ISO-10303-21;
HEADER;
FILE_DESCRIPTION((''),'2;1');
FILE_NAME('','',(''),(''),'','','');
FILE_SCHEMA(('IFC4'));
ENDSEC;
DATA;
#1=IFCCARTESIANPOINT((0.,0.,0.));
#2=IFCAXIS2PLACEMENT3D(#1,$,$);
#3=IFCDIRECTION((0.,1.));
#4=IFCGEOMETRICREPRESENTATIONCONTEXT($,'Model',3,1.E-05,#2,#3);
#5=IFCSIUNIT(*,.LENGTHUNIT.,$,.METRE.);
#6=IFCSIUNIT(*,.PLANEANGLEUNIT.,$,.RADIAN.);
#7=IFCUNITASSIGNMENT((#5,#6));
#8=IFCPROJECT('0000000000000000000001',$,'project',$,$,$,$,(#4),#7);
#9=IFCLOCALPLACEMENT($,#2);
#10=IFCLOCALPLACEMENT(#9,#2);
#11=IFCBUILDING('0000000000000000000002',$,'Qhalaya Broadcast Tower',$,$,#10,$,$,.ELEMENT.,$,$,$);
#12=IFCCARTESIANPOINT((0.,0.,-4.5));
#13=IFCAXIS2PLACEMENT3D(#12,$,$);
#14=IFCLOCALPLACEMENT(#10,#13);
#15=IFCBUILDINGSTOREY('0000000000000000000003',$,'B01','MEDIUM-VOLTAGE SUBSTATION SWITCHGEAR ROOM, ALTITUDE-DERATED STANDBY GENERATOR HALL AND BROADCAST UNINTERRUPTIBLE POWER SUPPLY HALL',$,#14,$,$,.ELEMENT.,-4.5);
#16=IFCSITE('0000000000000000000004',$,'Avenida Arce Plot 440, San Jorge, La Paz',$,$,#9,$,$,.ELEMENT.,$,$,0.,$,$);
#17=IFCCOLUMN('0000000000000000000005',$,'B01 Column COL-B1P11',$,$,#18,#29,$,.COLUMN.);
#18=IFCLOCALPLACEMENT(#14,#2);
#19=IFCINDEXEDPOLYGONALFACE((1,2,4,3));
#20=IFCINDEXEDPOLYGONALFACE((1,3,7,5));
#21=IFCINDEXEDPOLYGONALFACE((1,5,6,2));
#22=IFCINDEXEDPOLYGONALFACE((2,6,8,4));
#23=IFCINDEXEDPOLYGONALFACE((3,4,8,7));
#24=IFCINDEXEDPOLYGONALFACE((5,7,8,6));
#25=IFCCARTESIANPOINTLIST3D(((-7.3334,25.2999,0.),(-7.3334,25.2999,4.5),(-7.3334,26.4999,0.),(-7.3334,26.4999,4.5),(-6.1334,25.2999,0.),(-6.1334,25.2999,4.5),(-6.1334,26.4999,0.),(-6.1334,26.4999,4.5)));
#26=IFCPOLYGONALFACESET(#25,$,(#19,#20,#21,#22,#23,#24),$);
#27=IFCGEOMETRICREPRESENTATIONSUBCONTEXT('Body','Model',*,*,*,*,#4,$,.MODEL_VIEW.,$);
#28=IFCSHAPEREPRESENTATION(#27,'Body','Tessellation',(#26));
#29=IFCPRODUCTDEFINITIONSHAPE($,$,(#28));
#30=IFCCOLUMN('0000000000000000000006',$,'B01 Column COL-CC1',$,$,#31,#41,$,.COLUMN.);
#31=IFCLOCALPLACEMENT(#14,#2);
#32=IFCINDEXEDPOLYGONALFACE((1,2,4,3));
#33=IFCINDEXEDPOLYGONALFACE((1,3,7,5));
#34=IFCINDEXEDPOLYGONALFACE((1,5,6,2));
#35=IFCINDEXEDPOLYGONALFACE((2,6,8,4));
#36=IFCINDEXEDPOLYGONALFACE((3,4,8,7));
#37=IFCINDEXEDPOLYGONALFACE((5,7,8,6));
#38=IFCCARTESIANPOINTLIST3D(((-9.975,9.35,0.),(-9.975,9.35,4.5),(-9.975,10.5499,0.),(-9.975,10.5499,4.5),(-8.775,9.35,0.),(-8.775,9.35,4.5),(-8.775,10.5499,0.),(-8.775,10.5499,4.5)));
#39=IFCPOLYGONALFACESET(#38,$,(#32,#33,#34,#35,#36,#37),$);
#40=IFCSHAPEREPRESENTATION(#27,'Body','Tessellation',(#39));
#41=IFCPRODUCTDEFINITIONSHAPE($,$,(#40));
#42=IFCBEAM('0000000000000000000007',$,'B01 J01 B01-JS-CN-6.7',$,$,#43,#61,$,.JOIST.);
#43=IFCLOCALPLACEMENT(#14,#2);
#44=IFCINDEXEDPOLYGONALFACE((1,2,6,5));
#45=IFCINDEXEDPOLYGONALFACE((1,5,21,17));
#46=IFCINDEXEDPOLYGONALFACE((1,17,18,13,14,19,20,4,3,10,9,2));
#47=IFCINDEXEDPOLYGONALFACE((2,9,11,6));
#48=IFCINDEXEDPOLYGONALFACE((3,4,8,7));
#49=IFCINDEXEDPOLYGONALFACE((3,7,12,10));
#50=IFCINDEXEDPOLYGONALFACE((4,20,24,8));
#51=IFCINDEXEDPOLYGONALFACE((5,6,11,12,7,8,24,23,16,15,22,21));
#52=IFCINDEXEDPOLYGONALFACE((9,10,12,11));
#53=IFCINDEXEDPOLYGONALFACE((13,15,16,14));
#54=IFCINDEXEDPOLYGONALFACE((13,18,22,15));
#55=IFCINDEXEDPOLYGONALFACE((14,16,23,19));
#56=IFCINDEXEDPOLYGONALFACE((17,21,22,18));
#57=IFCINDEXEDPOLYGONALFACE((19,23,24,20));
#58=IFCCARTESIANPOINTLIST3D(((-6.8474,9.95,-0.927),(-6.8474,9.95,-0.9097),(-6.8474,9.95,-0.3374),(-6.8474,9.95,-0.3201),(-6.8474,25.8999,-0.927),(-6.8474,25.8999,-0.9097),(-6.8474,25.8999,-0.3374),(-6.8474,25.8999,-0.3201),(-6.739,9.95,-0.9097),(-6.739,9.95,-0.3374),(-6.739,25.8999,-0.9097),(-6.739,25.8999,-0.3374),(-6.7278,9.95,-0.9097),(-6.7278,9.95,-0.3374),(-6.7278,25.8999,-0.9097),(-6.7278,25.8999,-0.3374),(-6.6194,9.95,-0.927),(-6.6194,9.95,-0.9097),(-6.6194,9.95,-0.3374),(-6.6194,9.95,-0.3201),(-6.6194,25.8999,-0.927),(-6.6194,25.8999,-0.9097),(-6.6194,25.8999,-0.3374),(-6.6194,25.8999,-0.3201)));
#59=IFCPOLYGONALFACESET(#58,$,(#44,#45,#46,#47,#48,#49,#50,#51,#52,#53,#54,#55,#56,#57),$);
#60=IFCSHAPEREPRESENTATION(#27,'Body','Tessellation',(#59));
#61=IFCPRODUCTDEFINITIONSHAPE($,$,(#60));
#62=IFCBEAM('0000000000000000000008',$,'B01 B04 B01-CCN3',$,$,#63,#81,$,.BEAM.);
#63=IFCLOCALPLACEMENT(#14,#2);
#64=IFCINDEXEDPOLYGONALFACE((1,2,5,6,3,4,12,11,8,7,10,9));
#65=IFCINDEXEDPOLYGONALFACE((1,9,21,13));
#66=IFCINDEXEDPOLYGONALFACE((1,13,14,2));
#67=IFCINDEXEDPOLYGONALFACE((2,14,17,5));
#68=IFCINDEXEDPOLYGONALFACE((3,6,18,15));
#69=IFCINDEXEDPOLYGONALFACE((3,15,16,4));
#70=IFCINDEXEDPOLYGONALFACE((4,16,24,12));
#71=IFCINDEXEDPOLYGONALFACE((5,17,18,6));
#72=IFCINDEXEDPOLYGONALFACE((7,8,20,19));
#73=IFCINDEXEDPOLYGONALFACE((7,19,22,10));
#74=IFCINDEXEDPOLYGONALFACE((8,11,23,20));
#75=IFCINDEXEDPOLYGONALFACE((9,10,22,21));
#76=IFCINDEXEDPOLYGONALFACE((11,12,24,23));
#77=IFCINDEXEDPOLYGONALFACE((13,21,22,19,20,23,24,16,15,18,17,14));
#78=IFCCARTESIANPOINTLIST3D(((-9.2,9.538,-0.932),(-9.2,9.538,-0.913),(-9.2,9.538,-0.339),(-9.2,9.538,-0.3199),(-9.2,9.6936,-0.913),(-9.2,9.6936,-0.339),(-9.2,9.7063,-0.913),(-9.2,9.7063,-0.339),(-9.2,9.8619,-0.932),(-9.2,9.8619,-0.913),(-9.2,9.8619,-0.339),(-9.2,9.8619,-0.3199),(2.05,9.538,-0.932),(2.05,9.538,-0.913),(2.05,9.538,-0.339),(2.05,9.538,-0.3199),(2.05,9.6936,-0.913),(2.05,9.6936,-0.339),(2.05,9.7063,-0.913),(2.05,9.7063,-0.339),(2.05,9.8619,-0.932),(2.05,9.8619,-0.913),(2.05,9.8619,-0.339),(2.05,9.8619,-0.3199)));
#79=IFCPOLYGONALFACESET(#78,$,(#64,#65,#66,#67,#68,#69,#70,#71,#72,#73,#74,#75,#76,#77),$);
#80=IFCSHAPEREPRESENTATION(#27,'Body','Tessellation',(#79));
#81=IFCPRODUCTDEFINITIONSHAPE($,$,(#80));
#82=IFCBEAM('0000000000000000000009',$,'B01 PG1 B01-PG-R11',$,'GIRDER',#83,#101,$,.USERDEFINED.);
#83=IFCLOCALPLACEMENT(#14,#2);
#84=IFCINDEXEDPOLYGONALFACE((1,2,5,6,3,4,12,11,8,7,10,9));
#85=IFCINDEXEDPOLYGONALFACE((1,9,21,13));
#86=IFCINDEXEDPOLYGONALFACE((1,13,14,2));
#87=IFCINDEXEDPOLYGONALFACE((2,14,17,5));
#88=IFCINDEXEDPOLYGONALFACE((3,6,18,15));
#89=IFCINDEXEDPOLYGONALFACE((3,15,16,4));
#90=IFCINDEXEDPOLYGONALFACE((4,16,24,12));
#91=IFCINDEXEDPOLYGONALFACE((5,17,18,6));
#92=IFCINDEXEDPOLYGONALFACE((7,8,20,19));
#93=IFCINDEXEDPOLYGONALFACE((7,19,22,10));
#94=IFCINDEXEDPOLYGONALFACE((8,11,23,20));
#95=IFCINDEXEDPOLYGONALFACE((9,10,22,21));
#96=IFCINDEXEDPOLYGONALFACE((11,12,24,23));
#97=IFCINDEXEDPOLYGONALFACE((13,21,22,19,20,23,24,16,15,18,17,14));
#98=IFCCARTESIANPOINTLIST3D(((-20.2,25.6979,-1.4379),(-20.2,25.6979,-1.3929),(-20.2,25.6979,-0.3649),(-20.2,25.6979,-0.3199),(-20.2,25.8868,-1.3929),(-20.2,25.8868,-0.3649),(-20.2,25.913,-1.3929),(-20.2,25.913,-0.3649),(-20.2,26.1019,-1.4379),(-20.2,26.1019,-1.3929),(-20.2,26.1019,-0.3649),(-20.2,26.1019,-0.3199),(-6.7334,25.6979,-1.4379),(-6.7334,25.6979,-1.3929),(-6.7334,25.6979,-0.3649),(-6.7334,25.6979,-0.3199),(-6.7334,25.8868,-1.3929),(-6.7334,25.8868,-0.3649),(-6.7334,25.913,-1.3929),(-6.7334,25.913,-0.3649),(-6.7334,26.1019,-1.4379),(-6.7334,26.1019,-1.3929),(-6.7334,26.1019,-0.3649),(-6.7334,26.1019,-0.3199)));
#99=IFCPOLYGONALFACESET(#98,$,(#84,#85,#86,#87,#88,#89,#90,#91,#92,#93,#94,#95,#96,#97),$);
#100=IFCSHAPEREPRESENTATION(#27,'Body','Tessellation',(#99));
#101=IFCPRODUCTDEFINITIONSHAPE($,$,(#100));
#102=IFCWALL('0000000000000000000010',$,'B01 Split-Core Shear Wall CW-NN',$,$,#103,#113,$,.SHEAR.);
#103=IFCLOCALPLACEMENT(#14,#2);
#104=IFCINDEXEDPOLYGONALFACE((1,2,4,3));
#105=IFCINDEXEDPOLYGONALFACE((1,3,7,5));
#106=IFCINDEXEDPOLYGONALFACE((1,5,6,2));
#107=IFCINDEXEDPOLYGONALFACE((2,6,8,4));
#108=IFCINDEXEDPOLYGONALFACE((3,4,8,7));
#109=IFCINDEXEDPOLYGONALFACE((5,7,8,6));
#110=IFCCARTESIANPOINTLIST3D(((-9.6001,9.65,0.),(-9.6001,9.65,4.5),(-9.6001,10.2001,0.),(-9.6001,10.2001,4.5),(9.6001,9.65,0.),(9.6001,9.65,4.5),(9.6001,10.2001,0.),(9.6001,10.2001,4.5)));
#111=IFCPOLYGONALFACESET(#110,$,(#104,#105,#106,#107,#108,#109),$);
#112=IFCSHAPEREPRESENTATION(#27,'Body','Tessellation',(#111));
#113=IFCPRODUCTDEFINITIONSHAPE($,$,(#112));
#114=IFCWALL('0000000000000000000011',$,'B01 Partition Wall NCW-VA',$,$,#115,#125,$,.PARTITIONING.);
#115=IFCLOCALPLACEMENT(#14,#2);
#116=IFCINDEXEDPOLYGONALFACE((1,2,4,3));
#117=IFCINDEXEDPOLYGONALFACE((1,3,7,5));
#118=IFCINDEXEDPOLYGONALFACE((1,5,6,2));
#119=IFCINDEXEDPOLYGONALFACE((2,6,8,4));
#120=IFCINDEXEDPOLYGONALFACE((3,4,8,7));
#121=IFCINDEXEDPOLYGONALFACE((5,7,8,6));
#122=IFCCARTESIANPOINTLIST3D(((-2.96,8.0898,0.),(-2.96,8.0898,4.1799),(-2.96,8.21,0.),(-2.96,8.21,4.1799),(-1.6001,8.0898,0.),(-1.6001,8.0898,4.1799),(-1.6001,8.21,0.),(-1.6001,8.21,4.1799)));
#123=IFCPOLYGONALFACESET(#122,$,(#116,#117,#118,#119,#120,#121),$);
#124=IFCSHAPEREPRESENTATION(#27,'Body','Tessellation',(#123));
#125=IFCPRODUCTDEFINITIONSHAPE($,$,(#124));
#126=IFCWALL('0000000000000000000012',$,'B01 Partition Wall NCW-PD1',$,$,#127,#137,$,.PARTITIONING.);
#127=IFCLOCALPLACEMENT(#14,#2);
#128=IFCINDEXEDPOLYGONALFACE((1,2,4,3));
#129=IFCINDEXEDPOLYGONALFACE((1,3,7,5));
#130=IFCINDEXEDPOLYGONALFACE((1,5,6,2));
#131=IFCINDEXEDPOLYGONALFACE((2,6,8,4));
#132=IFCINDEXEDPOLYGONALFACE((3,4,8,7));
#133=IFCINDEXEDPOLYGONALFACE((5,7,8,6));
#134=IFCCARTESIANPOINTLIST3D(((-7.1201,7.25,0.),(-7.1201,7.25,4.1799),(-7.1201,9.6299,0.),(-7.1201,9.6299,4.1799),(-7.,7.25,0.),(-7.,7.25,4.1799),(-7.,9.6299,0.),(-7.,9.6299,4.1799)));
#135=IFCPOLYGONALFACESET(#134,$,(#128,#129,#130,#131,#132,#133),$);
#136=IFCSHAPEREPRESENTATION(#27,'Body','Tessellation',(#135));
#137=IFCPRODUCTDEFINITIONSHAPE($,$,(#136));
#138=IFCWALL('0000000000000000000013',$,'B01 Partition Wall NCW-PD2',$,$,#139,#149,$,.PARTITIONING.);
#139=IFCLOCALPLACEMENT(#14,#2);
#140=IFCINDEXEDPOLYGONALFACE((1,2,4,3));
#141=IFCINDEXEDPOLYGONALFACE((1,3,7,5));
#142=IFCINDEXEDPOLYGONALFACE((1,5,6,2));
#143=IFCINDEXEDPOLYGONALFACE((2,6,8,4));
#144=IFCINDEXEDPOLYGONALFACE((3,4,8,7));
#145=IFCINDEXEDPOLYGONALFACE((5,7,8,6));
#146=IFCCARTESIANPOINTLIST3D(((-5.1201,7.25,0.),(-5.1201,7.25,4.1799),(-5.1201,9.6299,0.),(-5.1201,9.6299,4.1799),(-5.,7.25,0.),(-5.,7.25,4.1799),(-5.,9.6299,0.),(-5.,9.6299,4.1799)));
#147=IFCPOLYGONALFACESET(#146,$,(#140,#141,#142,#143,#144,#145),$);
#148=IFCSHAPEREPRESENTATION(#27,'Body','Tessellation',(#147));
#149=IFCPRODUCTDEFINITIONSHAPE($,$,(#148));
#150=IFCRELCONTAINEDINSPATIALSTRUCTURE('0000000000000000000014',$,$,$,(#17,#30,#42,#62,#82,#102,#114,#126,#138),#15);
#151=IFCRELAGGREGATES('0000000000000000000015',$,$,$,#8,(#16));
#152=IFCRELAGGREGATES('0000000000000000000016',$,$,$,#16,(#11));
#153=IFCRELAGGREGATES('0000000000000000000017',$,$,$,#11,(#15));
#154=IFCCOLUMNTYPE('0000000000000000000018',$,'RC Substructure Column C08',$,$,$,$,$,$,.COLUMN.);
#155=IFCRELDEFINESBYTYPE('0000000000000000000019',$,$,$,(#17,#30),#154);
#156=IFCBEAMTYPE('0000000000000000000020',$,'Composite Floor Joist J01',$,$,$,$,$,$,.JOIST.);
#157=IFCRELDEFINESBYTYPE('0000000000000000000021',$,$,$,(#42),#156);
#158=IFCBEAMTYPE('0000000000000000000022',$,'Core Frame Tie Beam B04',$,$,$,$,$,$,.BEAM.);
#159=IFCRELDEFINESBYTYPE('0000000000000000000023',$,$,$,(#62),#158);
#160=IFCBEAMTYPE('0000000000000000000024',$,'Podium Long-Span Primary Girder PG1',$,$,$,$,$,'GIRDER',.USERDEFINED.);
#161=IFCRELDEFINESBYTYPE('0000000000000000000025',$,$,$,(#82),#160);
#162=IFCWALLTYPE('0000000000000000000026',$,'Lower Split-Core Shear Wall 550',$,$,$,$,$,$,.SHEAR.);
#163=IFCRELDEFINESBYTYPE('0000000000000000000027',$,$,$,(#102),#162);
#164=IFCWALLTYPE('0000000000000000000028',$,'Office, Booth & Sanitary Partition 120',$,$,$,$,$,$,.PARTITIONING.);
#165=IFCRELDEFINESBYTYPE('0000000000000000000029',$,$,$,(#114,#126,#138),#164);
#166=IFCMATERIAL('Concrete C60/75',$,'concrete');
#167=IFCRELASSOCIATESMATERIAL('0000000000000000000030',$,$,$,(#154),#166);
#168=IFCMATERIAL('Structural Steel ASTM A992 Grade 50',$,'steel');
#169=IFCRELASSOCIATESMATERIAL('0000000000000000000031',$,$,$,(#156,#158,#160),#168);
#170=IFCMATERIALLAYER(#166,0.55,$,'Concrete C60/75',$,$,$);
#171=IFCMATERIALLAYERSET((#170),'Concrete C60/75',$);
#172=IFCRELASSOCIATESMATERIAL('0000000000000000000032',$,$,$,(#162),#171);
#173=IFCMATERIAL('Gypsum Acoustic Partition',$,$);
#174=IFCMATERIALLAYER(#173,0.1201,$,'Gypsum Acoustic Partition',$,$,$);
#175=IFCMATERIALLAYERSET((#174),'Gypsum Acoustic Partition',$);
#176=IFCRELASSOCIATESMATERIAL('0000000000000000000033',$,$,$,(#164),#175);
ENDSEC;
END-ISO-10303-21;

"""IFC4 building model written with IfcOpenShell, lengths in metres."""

from ifc_helpers import new_model, si_unit, direction, frame, frame_2d, origin, origin_2d, place, context, subcontext, project, spatial, rectangle, i_section, extrude, material, layer, layer_set, material_profile, profile_set, type_object, element, save


model = new_model("IFC4")

# Units and contexts
model_context = context("Model", 3, precision=1e-05, world=origin(), true_north=direction((0.0, 1.0)))
body_context = subcontext(model_context, "Body", "Model", "MODEL_VIEW")
ifc_project = project(units=[si_unit("LENGTHUNIT", "METRE"), si_unit("PLANEANGLEUNIT", "RADIAN")], contexts=[model_context])

# Site, building, storey
site_placement = place(None, origin())
site = spatial("IfcSite", under=ifc_project, at=site_placement, Name="Avenida Arce Plot 440, San Jorge, La Paz", CompositionType="ELEMENT", RefElevation=0.0)
building_placement = place(site_placement, origin())
building = spatial("IfcBuilding", under=site, at=building_placement, Name="Qhalaya Broadcast Tower", CompositionType="ELEMENT")
storey_placement = place(building_placement, frame((0.0, 0.0, -4.5)))
storey = spatial("IfcBuildingStorey", under=building, at=storey_placement, Name="B01", Description="MEDIUM-VOLTAGE SUBSTATION SWITCHGEAR ROOM, ALTITUDE-DERATED STANDBY GENERATOR HALL AND BROADCAST UNINTERRUPTIBLE POWER SUPPLY HALL", CompositionType="ELEMENT", Elevation=-4.5)

# Columns
ifc_material_1 = material(Name="Concrete C60/75", Category="concrete")
ifc_material_profile_1 = material_profile(ifc_material_1, rectangle(XDim=1.2, YDim=1.2, at=origin_2d()), Name="RC-COL 1200x1200")
ifc_profile_set_1 = profile_set([ifc_material_profile_1], Name="Concrete C60/75")
column_type = type_object("IfcColumnType", Name="RC Substructure Column C08", PredefinedType="COLUMN", material=ifc_profile_set_1)
for number, where, z_axis, x_axis, name in (
    (1, (-6.7334, 25.8999, 0.0), (0.0, 0.0, 1.0), (1.0, 0.0, 0.0), "B01 Column COL-B1P11"),
    (2, (-9.375, 9.95, 0.0), (0.0, 0.0, 1.0), (1.0, 0.0, 0.0), "B01 Column COL-CC1"),
):
    element("IfcColumn", number, at=place(storey_placement, frame(where, z_axis=z_axis, x_axis=x_axis)), inside=storey, type_object=column_type, Name=name, PredefinedType="COLUMN", context=body_context, shape_type="SweptSolid", body=[
        extrude(rectangle(XDim=1.2, YDim=1.2, at=origin_2d()), origin(), (0.0, 0.0, 1.0), 4.5),
    ])

# Beams
ifc_material_2 = material(Name="Structural Steel ASTM A992 Grade 50", Category="steel")
ifc_material_profile_2 = material_profile(ifc_material_2, i_section(OverallWidth=0.228, OverallDepth=0.6069, WebThickness=0.0112, FlangeThickness=0.0173, at=origin_2d()), Name="W24X76")
ifc_profile_set_2 = profile_set([ifc_material_profile_2], Name="Structural Steel ASTM A992 Grade 50")
beam_type_1 = type_object("IfcBeamType", Name="Composite Floor Joist J01", PredefinedType="JOIST", material=ifc_profile_set_2)
beam_1_placement = place(storey_placement, frame((-6.7334, 9.95, -0.6235), z_axis=(0.0, 1.0, 0.0), x_axis=(-1.0, 0.0, 0.0)))
element("IfcBeam", 3, at=beam_1_placement, inside=storey, type_object=beam_type_1, Name="B01 J01 B01-JS-CN-6.7", PredefinedType="JOIST", context=body_context, shape_type="SweptSolid", body=[
    extrude(i_section(OverallWidth=0.228, OverallDepth=0.6069, WebThickness=0.0112, FlangeThickness=0.0173, at=origin_2d()), origin(), (0.0, 0.0, 1.0), 15.95),
])
ifc_material_profile_3 = material_profile(ifc_material_2, i_section(OverallWidth=0.324, OverallDepth=0.6121, WebThickness=0.0127, FlangeThickness=0.019, at=origin_2d()), Name="W24X104")
ifc_profile_set_3 = profile_set([ifc_material_profile_3], Name="Structural Steel ASTM A992 Grade 50")
beam_type_2 = type_object("IfcBeamType", Name="Core Frame Tie Beam B04", PredefinedType="BEAM", material=ifc_profile_set_3)
beam_2_placement = place(storey_placement, frame((-9.2, 9.7, -0.626), z_axis=(1.0, 0.0, 0.0), x_axis=(0.0, 1.0, 0.0)))
element("IfcBeam", 4, at=beam_2_placement, inside=storey, type_object=beam_type_2, Name="B01 B04 B01-CCN3", PredefinedType="BEAM", context=body_context, shape_type="SweptSolid", body=[
    extrude(i_section(OverallWidth=0.324, OverallDepth=0.6121, WebThickness=0.0127, FlangeThickness=0.019, at=origin_2d()), origin(), (0.0, 0.0, 1.0), 11.25),
])
ifc_material_profile_4 = material_profile(ifc_material_2, i_section(OverallWidth=0.4041, OverallDepth=1.1179, WebThickness=0.0261, FlangeThickness=0.0449, at=origin_2d()), Name="W44X335")
ifc_profile_set_4 = profile_set([ifc_material_profile_4], Name="Structural Steel ASTM A992 Grade 50")
beam_type_3 = type_object("IfcBeamType", Name="Podium Long-Span Primary Girder PG1", ElementType="GIRDER", PredefinedType="USERDEFINED", material=ifc_profile_set_4)
beam_3_placement = place(storey_placement, frame((-6.7334, 25.8999, -0.8789), z_axis=(-1.0, 0.0, 0.0), x_axis=(0.0, -1.0, 0.0)))
element("IfcBeam", 5, at=beam_3_placement, inside=storey, type_object=beam_type_3, Name="B01 PG1 B01-PG-R11", ObjectType="GIRDER", PredefinedType="USERDEFINED", context=body_context, shape_type="SweptSolid", body=[
    extrude(i_section(OverallWidth=0.4041, OverallDepth=1.1179, WebThickness=0.0261, FlangeThickness=0.0449, at=origin_2d()), origin(), (0.0, 0.0, 1.0), 13.4666),
])

# Walls
ifc_layer_1 = layer(ifc_material_1, 0.55, Name="Concrete C60/75")
ifc_layer_set_1 = layer_set([ifc_layer_1], Name="Concrete C60/75")
wall_type_1 = type_object("IfcWallType", Name="Lower Split-Core Shear Wall 550", PredefinedType="SHEAR", material=ifc_layer_set_1)
wall_1_placement = place(storey_placement, frame((-9.6001, 9.925, 0.0), z_axis=(0.0, 0.0, 1.0), x_axis=(1.0, 0.0, 0.0)))
element("IfcWall", 6, at=wall_1_placement, inside=storey, type_object=wall_type_1, Name="B01 Split-Core Shear Wall CW-NN", PredefinedType="SHEAR", context=body_context, shape_type="SweptSolid", body=[
    extrude(rectangle(XDim=19.2002, YDim=0.55, at=frame_2d((9.6001, 0.0))), origin(), (0.0, 0.0, 1.0), 4.5),
])
ifc_material_3 = material(Name="Gypsum Acoustic Partition")
ifc_layer_2 = layer(ifc_material_3, 0.1201, Name="Gypsum Acoustic Partition")
ifc_layer_set_2 = layer_set([ifc_layer_2], Name="Gypsum Acoustic Partition")
wall_type_2 = type_object("IfcWallType", Name="Office, Booth & Sanitary Partition 120", PredefinedType="PARTITIONING", material=ifc_layer_set_2)
wall_2_placement = place(storey_placement, frame((-2.96, 8.1499, 0.0), z_axis=(0.0, 0.0, 1.0), x_axis=(1.0, 0.0, 0.0)))
element("IfcWall", 7, at=wall_2_placement, inside=storey, type_object=wall_type_2, Name="B01 Partition Wall NCW-VA", PredefinedType="PARTITIONING", context=body_context, shape_type="SweptSolid", body=[
    extrude(rectangle(XDim=1.3599, YDim=0.1201, at=frame_2d((0.6799, 0.0))), origin(), (0.0, 0.0, 1.0), 4.1799),
])
for number, where, z_axis, x_axis, name in (
    (8, (-7.0601, 7.25, 0.0), (0.0, 0.0, 1.0), (0.0, 1.0, 0.0), "B01 Partition Wall NCW-PD1"),
    (9, (-5.0601, 7.25, 0.0), (0.0, 0.0, 1.0), (0.0, 1.0, 0.0), "B01 Partition Wall NCW-PD2"),
):
    element("IfcWall", number, at=place(storey_placement, frame(where, z_axis=z_axis, x_axis=x_axis)), inside=storey, type_object=wall_type_2, Name=name, PredefinedType="PARTITIONING", context=body_context, shape_type="SweptSolid", body=[
        extrude(rectangle(XDim=2.3799, YDim=0.1201, at=frame_2d((1.1899, 0.0))), origin(), (0.0, 0.0, 1.0), 4.1799),
    ])

save(model, "model.ifc")
